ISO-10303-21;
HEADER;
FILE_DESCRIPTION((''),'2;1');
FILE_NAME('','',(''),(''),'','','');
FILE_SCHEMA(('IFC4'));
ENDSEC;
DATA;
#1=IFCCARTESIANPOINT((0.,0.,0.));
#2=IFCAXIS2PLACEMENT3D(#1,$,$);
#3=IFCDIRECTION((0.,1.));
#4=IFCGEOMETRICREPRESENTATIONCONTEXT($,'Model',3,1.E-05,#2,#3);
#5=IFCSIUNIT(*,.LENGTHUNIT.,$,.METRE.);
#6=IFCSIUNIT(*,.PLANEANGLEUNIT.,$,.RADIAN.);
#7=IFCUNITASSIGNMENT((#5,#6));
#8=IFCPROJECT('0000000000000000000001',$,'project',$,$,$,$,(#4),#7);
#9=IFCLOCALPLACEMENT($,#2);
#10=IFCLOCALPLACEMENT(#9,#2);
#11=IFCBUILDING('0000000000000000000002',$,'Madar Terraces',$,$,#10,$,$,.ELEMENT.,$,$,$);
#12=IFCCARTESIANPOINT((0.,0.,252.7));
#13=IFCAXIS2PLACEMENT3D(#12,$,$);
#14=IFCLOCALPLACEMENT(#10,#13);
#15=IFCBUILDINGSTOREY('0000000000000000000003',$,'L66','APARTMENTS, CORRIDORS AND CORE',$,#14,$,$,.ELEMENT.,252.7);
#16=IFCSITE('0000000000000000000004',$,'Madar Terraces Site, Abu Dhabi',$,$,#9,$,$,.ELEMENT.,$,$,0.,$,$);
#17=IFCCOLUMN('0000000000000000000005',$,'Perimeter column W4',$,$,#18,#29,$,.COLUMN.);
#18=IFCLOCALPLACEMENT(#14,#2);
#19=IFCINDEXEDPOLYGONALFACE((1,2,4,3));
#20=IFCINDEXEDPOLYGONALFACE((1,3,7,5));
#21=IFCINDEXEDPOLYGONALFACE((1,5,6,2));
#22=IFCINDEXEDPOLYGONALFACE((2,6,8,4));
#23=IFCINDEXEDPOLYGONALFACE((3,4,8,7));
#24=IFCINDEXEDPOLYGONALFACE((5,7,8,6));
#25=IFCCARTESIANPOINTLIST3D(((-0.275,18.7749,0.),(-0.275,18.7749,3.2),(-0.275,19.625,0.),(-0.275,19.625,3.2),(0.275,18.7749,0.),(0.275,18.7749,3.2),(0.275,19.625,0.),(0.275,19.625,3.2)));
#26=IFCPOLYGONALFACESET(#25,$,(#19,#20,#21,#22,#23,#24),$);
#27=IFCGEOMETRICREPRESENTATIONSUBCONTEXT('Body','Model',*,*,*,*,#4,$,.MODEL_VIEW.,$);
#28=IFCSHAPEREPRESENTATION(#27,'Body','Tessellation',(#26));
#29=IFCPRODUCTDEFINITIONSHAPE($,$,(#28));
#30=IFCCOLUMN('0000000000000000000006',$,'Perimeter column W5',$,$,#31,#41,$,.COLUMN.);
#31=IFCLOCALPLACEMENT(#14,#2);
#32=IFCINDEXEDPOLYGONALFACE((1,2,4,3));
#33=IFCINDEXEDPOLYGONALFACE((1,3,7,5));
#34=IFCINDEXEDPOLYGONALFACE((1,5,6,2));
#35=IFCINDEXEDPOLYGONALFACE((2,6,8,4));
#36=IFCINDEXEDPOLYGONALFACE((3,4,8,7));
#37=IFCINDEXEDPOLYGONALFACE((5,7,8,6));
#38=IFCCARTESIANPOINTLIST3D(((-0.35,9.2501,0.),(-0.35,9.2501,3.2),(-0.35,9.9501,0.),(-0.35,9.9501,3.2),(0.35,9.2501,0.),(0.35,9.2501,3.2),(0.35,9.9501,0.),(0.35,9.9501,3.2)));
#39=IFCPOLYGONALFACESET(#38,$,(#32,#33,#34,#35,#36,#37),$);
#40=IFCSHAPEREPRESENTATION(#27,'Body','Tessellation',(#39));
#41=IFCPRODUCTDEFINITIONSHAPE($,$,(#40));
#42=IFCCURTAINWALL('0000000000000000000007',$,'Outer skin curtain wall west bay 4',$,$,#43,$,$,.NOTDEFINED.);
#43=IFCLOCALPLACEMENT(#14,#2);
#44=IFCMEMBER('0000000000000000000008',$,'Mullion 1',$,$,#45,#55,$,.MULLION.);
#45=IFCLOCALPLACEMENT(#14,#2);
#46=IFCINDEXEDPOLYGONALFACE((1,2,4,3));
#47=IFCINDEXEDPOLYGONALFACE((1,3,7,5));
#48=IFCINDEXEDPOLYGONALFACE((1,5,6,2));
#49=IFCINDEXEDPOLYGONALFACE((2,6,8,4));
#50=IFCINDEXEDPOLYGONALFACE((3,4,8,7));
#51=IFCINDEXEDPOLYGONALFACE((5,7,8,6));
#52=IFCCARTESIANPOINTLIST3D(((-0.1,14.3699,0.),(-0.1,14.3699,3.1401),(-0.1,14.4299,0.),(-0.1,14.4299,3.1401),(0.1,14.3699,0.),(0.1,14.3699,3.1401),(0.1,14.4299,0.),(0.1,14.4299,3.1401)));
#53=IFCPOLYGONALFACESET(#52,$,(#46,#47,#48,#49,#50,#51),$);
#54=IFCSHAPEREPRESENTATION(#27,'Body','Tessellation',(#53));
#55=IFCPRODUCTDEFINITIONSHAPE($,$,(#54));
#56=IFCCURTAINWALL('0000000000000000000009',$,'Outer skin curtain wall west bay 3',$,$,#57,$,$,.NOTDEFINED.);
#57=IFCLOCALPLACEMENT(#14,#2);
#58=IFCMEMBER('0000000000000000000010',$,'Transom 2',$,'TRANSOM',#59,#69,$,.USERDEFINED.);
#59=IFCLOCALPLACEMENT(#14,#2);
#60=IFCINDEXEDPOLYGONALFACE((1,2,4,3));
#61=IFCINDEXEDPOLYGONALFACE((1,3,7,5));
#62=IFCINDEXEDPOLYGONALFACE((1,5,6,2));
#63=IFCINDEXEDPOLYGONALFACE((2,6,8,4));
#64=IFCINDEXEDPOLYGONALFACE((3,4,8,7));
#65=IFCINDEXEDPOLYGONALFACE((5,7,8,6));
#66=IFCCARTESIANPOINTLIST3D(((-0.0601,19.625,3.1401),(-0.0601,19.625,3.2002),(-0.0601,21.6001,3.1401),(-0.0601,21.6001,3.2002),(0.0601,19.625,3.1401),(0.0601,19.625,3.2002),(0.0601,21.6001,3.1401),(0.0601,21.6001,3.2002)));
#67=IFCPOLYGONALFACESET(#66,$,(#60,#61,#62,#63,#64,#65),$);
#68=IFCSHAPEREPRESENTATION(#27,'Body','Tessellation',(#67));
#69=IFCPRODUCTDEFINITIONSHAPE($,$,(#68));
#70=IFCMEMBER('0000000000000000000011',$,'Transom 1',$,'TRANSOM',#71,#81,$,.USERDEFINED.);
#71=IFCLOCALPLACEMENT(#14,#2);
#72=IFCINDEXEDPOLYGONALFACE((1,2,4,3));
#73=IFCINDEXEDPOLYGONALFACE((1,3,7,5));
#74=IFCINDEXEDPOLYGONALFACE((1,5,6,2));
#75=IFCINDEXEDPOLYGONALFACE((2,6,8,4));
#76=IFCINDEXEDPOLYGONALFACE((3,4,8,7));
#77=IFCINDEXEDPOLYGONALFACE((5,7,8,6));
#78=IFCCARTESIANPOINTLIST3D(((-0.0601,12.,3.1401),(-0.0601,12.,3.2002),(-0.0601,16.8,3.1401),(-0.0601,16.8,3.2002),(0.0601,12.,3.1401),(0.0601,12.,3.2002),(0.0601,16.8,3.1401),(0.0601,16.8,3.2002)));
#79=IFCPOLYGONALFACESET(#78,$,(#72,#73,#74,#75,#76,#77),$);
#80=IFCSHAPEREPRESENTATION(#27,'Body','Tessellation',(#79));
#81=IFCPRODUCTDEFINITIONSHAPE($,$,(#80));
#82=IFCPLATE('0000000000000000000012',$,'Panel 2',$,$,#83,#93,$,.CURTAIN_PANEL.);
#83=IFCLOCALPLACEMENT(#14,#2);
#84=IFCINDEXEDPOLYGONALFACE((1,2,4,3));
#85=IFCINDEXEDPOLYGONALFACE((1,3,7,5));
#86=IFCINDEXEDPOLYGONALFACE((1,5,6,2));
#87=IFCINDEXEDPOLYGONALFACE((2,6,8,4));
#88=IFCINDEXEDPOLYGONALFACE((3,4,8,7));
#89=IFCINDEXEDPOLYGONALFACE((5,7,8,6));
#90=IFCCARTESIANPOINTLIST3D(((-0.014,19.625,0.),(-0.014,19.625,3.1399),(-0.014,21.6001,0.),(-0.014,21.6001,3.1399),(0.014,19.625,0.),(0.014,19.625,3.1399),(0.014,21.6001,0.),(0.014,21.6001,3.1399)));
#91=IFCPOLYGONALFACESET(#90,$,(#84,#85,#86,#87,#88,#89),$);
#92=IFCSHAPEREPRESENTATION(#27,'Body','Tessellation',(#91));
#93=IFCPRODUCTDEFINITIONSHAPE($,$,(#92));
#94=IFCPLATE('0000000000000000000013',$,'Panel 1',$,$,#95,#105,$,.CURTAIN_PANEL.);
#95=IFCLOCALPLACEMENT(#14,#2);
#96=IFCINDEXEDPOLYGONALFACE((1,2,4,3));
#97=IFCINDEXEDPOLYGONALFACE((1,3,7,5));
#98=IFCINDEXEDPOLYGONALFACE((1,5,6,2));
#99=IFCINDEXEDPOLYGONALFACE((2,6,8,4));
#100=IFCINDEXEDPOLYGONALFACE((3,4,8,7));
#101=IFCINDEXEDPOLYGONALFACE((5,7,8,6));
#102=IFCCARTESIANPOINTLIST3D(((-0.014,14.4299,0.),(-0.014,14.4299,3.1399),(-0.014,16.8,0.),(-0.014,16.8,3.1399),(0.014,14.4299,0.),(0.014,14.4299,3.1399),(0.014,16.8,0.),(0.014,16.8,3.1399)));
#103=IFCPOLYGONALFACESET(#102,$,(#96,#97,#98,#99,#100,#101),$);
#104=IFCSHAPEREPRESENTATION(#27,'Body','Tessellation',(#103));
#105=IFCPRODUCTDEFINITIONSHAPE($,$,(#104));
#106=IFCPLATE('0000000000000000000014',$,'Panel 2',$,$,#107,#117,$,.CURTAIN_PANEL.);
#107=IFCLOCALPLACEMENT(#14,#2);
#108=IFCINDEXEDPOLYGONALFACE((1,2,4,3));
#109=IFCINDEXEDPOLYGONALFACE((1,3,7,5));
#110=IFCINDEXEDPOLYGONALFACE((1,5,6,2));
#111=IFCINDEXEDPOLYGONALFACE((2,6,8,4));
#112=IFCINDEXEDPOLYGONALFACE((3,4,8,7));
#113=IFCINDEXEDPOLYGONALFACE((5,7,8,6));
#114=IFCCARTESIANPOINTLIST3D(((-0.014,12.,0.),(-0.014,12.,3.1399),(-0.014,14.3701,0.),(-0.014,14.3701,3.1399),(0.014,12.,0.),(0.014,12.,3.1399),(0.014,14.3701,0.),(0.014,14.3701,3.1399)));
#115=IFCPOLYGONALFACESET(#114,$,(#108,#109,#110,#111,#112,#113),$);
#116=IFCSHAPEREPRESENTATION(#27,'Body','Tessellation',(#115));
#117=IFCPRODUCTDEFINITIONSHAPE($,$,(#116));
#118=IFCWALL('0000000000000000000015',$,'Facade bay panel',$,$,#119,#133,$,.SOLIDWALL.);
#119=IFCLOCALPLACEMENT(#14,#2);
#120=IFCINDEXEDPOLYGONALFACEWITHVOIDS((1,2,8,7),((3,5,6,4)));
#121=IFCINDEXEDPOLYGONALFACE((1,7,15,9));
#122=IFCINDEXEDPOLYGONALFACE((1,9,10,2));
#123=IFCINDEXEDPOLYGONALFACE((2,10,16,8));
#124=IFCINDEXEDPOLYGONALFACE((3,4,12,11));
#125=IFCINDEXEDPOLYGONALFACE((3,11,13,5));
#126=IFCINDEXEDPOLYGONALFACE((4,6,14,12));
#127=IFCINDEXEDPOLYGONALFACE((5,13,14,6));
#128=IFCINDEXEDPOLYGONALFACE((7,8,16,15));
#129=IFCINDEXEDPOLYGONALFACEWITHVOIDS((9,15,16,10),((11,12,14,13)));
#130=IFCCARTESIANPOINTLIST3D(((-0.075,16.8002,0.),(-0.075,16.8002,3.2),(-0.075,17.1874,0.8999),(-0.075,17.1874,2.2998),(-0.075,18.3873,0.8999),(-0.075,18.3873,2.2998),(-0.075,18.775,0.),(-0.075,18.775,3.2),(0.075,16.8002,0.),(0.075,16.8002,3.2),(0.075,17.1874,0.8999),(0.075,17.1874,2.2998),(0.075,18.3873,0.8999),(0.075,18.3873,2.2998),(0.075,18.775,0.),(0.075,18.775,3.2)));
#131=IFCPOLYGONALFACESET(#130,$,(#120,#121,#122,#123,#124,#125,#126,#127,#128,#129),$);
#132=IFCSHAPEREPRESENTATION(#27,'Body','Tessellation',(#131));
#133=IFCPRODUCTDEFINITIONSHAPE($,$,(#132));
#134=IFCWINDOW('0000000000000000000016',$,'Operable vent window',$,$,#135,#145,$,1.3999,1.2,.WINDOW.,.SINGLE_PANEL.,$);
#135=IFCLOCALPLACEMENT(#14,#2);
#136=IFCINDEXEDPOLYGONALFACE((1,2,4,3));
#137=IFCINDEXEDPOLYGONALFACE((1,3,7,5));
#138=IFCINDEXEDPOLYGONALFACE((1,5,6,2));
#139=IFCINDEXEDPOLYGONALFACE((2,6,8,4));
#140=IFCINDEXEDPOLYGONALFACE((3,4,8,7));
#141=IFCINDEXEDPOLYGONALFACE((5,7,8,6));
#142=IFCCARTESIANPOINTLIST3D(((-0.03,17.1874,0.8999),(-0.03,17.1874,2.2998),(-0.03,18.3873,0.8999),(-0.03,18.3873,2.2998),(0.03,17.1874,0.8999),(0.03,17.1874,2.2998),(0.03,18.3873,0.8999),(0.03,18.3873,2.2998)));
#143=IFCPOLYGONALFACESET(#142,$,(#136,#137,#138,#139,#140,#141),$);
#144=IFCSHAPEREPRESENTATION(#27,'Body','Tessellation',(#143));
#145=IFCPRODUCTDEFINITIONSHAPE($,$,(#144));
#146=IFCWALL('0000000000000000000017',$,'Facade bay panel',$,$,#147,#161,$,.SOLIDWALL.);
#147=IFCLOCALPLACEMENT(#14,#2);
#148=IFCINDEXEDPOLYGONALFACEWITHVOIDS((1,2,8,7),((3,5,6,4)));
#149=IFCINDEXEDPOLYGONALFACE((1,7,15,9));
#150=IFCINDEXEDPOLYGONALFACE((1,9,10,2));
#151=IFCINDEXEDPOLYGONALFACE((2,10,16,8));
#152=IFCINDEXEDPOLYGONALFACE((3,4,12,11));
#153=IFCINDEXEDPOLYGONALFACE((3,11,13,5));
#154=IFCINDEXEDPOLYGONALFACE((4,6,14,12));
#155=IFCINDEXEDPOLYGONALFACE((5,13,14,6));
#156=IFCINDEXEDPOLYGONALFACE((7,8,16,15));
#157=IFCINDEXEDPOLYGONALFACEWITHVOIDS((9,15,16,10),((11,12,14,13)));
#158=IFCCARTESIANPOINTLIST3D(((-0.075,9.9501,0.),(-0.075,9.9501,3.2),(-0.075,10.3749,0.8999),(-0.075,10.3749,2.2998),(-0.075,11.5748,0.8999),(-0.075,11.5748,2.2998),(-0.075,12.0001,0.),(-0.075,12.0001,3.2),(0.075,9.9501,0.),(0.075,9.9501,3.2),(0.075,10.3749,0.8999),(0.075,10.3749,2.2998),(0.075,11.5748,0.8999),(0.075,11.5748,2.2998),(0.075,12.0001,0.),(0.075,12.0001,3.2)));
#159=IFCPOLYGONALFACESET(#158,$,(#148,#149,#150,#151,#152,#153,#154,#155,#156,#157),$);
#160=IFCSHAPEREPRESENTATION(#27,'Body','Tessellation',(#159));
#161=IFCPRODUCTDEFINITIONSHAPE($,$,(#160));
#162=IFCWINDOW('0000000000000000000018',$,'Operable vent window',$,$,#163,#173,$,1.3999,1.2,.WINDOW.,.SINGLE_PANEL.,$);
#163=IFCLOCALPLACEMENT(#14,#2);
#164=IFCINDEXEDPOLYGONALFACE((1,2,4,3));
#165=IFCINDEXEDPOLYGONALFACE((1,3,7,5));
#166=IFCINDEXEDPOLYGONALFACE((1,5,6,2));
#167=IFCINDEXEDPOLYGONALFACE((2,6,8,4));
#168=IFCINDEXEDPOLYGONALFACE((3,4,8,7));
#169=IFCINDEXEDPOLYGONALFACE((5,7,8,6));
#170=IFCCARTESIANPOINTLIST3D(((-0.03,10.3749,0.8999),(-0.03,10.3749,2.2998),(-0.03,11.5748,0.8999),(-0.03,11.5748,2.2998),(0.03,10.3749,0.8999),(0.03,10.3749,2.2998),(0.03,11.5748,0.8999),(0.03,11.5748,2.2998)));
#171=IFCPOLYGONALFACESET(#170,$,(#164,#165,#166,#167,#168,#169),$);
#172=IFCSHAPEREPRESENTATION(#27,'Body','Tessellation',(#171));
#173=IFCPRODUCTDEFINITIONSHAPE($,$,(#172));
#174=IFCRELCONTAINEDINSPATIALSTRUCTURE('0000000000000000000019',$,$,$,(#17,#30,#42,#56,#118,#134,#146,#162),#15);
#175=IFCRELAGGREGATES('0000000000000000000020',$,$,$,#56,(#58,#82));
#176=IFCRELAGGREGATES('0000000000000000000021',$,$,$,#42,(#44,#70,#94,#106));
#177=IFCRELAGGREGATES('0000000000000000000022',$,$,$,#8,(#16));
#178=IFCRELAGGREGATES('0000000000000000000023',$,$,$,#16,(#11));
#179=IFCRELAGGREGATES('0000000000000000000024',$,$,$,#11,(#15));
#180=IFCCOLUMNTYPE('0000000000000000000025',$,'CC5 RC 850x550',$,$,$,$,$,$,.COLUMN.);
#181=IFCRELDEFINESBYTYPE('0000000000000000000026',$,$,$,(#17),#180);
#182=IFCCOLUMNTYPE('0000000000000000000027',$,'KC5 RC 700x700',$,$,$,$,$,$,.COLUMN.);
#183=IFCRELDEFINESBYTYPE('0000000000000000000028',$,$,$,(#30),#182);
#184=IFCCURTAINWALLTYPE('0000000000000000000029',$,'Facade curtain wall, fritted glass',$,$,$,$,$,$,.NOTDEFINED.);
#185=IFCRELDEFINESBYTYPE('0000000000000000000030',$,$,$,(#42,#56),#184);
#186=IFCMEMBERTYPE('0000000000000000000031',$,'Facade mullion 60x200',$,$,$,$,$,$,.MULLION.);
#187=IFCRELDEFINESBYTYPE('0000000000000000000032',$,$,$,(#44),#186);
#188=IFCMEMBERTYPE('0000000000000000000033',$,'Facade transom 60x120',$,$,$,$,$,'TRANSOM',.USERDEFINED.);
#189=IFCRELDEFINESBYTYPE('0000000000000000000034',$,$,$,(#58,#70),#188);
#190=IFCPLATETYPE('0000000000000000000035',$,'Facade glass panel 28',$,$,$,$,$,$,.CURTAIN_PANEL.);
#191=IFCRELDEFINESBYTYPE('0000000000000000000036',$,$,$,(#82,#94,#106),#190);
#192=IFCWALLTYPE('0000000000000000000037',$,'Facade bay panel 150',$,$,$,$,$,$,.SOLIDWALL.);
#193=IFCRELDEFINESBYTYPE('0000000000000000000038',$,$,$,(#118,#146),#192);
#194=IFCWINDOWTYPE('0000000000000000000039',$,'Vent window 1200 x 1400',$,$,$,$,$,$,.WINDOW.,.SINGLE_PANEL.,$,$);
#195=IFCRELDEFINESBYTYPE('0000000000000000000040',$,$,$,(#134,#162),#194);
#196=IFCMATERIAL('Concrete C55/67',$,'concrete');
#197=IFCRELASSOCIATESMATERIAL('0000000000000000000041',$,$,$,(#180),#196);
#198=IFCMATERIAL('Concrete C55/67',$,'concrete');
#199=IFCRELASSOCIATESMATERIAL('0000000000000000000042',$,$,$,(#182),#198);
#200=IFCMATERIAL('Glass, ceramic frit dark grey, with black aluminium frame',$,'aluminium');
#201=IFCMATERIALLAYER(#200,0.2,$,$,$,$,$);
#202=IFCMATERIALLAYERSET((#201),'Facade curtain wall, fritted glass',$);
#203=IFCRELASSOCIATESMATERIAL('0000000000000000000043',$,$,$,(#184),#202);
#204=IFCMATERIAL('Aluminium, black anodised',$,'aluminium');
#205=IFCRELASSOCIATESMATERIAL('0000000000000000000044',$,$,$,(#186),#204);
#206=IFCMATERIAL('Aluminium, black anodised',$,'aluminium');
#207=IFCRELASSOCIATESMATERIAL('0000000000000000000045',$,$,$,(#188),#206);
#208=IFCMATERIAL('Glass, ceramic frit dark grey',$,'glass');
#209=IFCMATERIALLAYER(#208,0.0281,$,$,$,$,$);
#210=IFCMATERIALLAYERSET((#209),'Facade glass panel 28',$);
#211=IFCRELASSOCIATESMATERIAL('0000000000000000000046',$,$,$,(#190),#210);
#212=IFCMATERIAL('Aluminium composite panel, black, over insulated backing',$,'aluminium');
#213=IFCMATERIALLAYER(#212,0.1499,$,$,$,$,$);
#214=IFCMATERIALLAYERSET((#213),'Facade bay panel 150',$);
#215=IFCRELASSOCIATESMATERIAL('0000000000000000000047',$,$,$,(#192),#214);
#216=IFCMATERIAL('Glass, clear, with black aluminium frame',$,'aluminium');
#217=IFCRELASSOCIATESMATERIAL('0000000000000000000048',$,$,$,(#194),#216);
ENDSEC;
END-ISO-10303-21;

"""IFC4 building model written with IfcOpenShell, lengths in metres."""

from ifc_helpers import new_model, si_unit, direction, frame, frame_2d, origin, origin_2d, place, context, subcontext, project, spatial, rectangle, extrude, material, layer, layer_set, material_profile, profile_set, type_object, element, fill, aggregate, save


model = new_model("IFC4")

# Units and contexts
model_context = context("Model", 3, precision=1e-05, world=origin(), true_north=direction((0.0, 1.0)))
body_context = subcontext(model_context, "Body", "Model", "MODEL_VIEW")
ifc_project = project(units=[si_unit("LENGTHUNIT", "METRE"), si_unit("PLANEANGLEUNIT", "RADIAN")], contexts=[model_context])

# Site, building, storey
site_placement = place(None, origin())
site = spatial("IfcSite", under=ifc_project, at=site_placement, Name="Madar Terraces Site, Abu Dhabi", CompositionType="ELEMENT", RefElevation=0.0)
building_placement = place(site_placement, origin())
building = spatial("IfcBuilding", under=site, at=building_placement, Name="Madar Terraces", CompositionType="ELEMENT")
storey_placement = place(building_placement, frame((0.0, 0.0, 252.7)))
storey = spatial("IfcBuildingStorey", under=building, at=storey_placement, Name="L66", Description="APARTMENTS, CORRIDORS AND CORE", CompositionType="ELEMENT", Elevation=252.7)

# Columns
ifc_material_1 = material(Name="Concrete C55/67", Category="concrete")
ifc_material_profile_1 = material_profile(ifc_material_1, rectangle(XDim=0.8501, YDim=0.55, at=origin_2d()), Name="CC5 RC 850x550")
ifc_profile_set_1 = profile_set([ifc_material_profile_1], Name="Concrete C55/67")
column_type_1 = type_object("IfcColumnType", Name="CC5 RC 850x550", PredefinedType="COLUMN", material=ifc_profile_set_1)
column_1_placement = place(storey_placement, frame((0.0, 19.2, 0.0), z_axis=(0.0, 0.0, 1.0), x_axis=(0.0, 1.0, 0.0)))
element("IfcColumn", 1, at=column_1_placement, inside=storey, type_object=column_type_1, Name="Perimeter column W4", PredefinedType="COLUMN", context=body_context, shape_type="SweptSolid", body=[
    extrude(rectangle(XDim=0.8501, YDim=0.55, at=origin_2d()), origin(), (0.0, 0.0, 1.0), 3.2),
])
ifc_material_2 = material(Name="Concrete C55/67", Category="concrete")
ifc_material_profile_2 = material_profile(ifc_material_2, rectangle(XDim=0.7, YDim=0.7, at=origin_2d()), Name="KC5 RC 700x700")
ifc_profile_set_2 = profile_set([ifc_material_profile_2], Name="Concrete C55/67")
column_type_2 = type_object("IfcColumnType", Name="KC5 RC 700x700", PredefinedType="COLUMN", material=ifc_profile_set_2)
column_2_placement = place(storey_placement, frame((0.0, 9.6001, 0.0), z_axis=(0.0, 0.0, 1.0), x_axis=(1.0, 0.0, 0.0)))
element("IfcColumn", 2, at=column_2_placement, inside=storey, type_object=column_type_2, Name="Perimeter column W5", PredefinedType="COLUMN", context=body_context, shape_type="SweptSolid", body=[
    extrude(rectangle(XDim=0.7, YDim=0.7, at=origin_2d()), origin(), (0.0, 0.0, 1.0), 3.2),
])

# Curtain walls, members
ifc_material_3 = material(Name="Glass, ceramic frit dark grey, with black aluminium frame", Category="aluminium")
ifc_layer_1 = layer(ifc_material_3, 0.2)
ifc_layer_set_1 = layer_set([ifc_layer_1], Name="Facade curtain wall, fritted glass")
curtain_wall_type = type_object("IfcCurtainWallType", Name="Facade curtain wall, fritted glass", PredefinedType="NOTDEFINED", material=ifc_layer_set_1)
curtain_wall_1_placement = place(storey_placement, origin())
curtain_wall_1 = element("IfcCurtainWall", 3, at=curtain_wall_1_placement, inside=storey, type_object=curtain_wall_type, Name="Outer skin curtain wall west bay 4", PredefinedType="NOTDEFINED")
ifc_material_4 = material(Name="Aluminium, black anodised", Category="aluminium")
ifc_material_profile_3 = material_profile(ifc_material_4, rectangle(XDim=0.2, YDim=0.0601, at=origin_2d()), Name="Facade mullion 60x200")
ifc_profile_set_3 = profile_set([ifc_material_profile_3], Name="Aluminium, black anodised")
member_type_1 = type_object("IfcMemberType", Name="Facade mullion 60x200", PredefinedType="MULLION", material=ifc_profile_set_3)
member_1_placement = place(storey_placement, frame((0.0, 14.3999, 0.0), z_axis=(0.0, 0.0, 1.0), x_axis=(1.0, 0.0, 0.0)))
member_1 = element("IfcMember", 4, at=member_1_placement, type_object=member_type_1, Name="Mullion 1", PredefinedType="MULLION", context=body_context, shape_type="SweptSolid", body=[
    extrude(rectangle(XDim=0.2, YDim=0.0601, at=origin_2d()), origin(), (0.0, 0.0, 1.0), 3.1401),
])
curtain_wall_2_placement = place(storey_placement, origin())
curtain_wall_2 = element("IfcCurtainWall", 5, at=curtain_wall_2_placement, inside=storey, type_object=curtain_wall_type, Name="Outer skin curtain wall west bay 3", PredefinedType="NOTDEFINED")
ifc_material_5 = material(Name="Aluminium, black anodised", Category="aluminium")
ifc_material_profile_4 = material_profile(ifc_material_5, rectangle(XDim=0.1201, YDim=0.0601, at=origin_2d()), Name="Facade transom 60x120")
ifc_profile_set_4 = profile_set([ifc_material_profile_4], Name="Aluminium, black anodised")
member_type_2 = type_object("IfcMemberType", Name="Facade transom 60x120", ElementType="TRANSOM", PredefinedType="USERDEFINED", material=ifc_profile_set_4)
member_2_placement = place(storey_placement, frame((0.0, 21.6001, 3.1702), z_axis=(0.0, -1.0, 0.0), x_axis=(1.0, 0.0, 0.0)))
member_2 = element("IfcMember", 6, at=member_2_placement, type_object=member_type_2, Name="Transom 2", ObjectType="TRANSOM", PredefinedType="USERDEFINED", context=body_context, shape_type="SweptSolid", body=[
    extrude(rectangle(XDim=0.1201, YDim=0.0601, at=origin_2d()), origin(), (0.0, 0.0, 1.0), 1.9751),
])

# Member
member_3_placement = place(storey_placement, frame((0.0, 16.8, 3.1702), z_axis=(0.0, -1.0, 0.0), x_axis=(1.0, 0.0, 0.0)))
member_3 = element("IfcMember", 7, at=member_3_placement, type_object=member_type_2, Name="Transom 1", ObjectType="TRANSOM", PredefinedType="USERDEFINED", context=body_context, shape_type="SweptSolid", body=[
    extrude(rectangle(XDim=0.1201, YDim=0.0601, at=origin_2d()), origin(), (0.0, 0.0, 1.0), 4.8),
])

# Plates
ifc_material_6 = material(Name="Glass, ceramic frit dark grey", Category="glass")
ifc_layer_2 = layer(ifc_material_6, 0.0281)
ifc_layer_set_2 = layer_set([ifc_layer_2], Name="Facade glass panel 28")
plate_type = type_object("IfcPlateType", Name="Facade glass panel 28", PredefinedType="CURTAIN_PANEL", material=ifc_layer_set_2)
plate_1_placement = place(storey_placement, frame((0.0, 20.6125, 0.0), z_axis=(0.0, 0.0, 1.0), x_axis=(0.0, -1.0, 0.0)))
plate_1 = element("IfcPlate", 8, at=plate_1_placement, type_object=plate_type, Name="Panel 2", PredefinedType="CURTAIN_PANEL", context=body_context, shape_type="SweptSolid", body=[
    extrude(rectangle(XDim=1.9751, YDim=0.0281, at=origin_2d()), origin(), (0.0, 0.0, 1.0), 3.1399),
])
aggregate(curtain_wall_2, [member_2, plate_1])
plate_2_placement = place(storey_placement, frame((0.0, 15.615, 0.0), z_axis=(0.0, 0.0, 1.0), x_axis=(0.0, -1.0, 0.0)))
plate_2 = element("IfcPlate", 9, at=plate_2_placement, type_object=plate_type, Name="Panel 1", PredefinedType="CURTAIN_PANEL", context=body_context, shape_type="SweptSolid", body=[
    extrude(rectangle(XDim=2.3701, YDim=0.0281, at=origin_2d()), origin(), (0.0, 0.0, 1.0), 3.1399),
])
plate_3_placement = place(storey_placement, frame((0.0, 13.1851, 0.0), z_axis=(0.0, 0.0, 1.0), x_axis=(0.0, -1.0, 0.0)))
plate_3 = element("IfcPlate", 10, at=plate_3_placement, type_object=plate_type, Name="Panel 2", PredefinedType="CURTAIN_PANEL", context=body_context, shape_type="SweptSolid", body=[
    extrude(rectangle(XDim=2.3701, YDim=0.0281, at=origin_2d()), origin(), (0.0, 0.0, 1.0), 3.1399),
])
aggregate(curtain_wall_1, [member_1, member_3, plate_2, plate_3])

# Shared definitions
ifc_material_7 = material(Name="Aluminium composite panel, black, over insulated backing", Category="aluminium")
ifc_layer_3 = layer(ifc_material_7, 0.1499)
ifc_layer_set_3 = layer_set([ifc_layer_3], Name="Facade bay panel 150")
wall_type_1 = type_object("IfcWallType", Name="Facade bay panel 150", PredefinedType="SOLIDWALL", material=ifc_layer_set_3)

# Walls, openings, windows
wall_1_placement = place(storey_placement, frame((0.0, 18.7749, 0.0), z_axis=(0.0, 0.0, 1.0), x_axis=(0.0, -1.0, 0.0)))
wall_1 = element("IfcWall", 11, at=wall_1_placement, inside=storey, type_object=wall_type_1, Name="Facade bay panel", PredefinedType="SOLIDWALL", context=body_context, shape_type="SweptSolid", body=[
    extrude(rectangle(XDim=1.9749, YDim=0.1499, at=frame_2d((0.9873, 0.0))), origin(), (0.0, 0.0, 1.0), 3.2),
])
opening_1_placement = place(wall_1_placement, frame((0.3875, 0.0, 0.8999)))
opening_1 = element("IfcOpeningElement", 12, at=opening_1_placement, cuts=wall_1, PredefinedType="OPENING", context=body_context, shape_type="SweptSolid", body=[
    extrude(rectangle(XDim=1.2, YDim=1.3999, at=frame_2d((0.6001, 0.7))), frame((0.0, 0.085, 0.0), z_axis=(0.0, -1.0, 0.0), x_axis=(1.0, 0.0, 0.0)), (0.0, 0.0, 1.0), 0.1699),
])
ifc_material_8 = material(Name="Glass, clear, with black aluminium frame", Category="aluminium")
window_type = type_object("IfcWindowType", Name="Vent window 1200 x 1400", PartitioningType="SINGLE_PANEL", PredefinedType="WINDOW", material=ifc_material_8)
window_1_placement = place(opening_1_placement, origin())
window_1 = element("IfcWindow", 13, at=window_1_placement, inside=storey, type_object=window_type, Name="Operable vent window", OverallHeight=1.3999, OverallWidth=1.2, PartitioningType="SINGLE_PANEL", PredefinedType="WINDOW", context=body_context, shape_type="SweptSolid", body=[
    extrude(rectangle(XDim=1.2, YDim=1.3999, at=frame_2d((0.6001, 0.7))), frame((0.0, 0.03, 0.0), z_axis=(0.0, -1.0, 0.0), x_axis=(1.0, 0.0, 0.0)), (0.0, 0.0, 1.0), 0.0601),
])
fill(opening_1, window_1)
wall_2_placement = place(storey_placement, frame((0.0, 12.0, 0.0), z_axis=(0.0, 0.0, 1.0), x_axis=(0.0, -1.0, 0.0)))
wall_2 = element("IfcWall", 14, at=wall_2_placement, inside=storey, type_object=wall_type_1, Name="Facade bay panel", PredefinedType="SOLIDWALL", context=body_context, shape_type="SweptSolid", body=[
    extrude(rectangle(XDim=2.05, YDim=0.1499, at=frame_2d((1.0249, 0.0))), origin(), (0.0, 0.0, 1.0), 3.2),
])
opening_2_placement = place(wall_2_placement, frame((0.425, 0.0, 0.8999)))
opening_2 = element("IfcOpeningElement", 15, at=opening_2_placement, cuts=wall_2, PredefinedType="OPENING", context=body_context, shape_type="SweptSolid", body=[
    extrude(rectangle(XDim=1.2, YDim=1.3999, at=frame_2d((0.6001, 0.7))), frame((0.0, 0.085, 0.0), z_axis=(0.0, -1.0, 0.0), x_axis=(1.0, 0.0, 0.0)), (0.0, 0.0, 1.0), 0.1699),
])
window_2_placement = place(opening_2_placement, origin())
window_2 = element("IfcWindow", 16, at=window_2_placement, inside=storey, type_object=window_type, Name="Operable vent window", OverallHeight=1.3999, OverallWidth=1.2, PartitioningType="SINGLE_PANEL", PredefinedType="WINDOW", context=body_context, shape_type="SweptSolid", body=[
    extrude(rectangle(XDim=1.2, YDim=1.3999, at=frame_2d((0.6001, 0.7))), frame((0.0, 0.03, 0.0), z_axis=(0.0, -1.0, 0.0), x_axis=(1.0, 0.0, 0.0)), (0.0, 0.0, 1.0), 0.0601),
])
fill(opening_2, window_2)

save(model, "model.ifc")
